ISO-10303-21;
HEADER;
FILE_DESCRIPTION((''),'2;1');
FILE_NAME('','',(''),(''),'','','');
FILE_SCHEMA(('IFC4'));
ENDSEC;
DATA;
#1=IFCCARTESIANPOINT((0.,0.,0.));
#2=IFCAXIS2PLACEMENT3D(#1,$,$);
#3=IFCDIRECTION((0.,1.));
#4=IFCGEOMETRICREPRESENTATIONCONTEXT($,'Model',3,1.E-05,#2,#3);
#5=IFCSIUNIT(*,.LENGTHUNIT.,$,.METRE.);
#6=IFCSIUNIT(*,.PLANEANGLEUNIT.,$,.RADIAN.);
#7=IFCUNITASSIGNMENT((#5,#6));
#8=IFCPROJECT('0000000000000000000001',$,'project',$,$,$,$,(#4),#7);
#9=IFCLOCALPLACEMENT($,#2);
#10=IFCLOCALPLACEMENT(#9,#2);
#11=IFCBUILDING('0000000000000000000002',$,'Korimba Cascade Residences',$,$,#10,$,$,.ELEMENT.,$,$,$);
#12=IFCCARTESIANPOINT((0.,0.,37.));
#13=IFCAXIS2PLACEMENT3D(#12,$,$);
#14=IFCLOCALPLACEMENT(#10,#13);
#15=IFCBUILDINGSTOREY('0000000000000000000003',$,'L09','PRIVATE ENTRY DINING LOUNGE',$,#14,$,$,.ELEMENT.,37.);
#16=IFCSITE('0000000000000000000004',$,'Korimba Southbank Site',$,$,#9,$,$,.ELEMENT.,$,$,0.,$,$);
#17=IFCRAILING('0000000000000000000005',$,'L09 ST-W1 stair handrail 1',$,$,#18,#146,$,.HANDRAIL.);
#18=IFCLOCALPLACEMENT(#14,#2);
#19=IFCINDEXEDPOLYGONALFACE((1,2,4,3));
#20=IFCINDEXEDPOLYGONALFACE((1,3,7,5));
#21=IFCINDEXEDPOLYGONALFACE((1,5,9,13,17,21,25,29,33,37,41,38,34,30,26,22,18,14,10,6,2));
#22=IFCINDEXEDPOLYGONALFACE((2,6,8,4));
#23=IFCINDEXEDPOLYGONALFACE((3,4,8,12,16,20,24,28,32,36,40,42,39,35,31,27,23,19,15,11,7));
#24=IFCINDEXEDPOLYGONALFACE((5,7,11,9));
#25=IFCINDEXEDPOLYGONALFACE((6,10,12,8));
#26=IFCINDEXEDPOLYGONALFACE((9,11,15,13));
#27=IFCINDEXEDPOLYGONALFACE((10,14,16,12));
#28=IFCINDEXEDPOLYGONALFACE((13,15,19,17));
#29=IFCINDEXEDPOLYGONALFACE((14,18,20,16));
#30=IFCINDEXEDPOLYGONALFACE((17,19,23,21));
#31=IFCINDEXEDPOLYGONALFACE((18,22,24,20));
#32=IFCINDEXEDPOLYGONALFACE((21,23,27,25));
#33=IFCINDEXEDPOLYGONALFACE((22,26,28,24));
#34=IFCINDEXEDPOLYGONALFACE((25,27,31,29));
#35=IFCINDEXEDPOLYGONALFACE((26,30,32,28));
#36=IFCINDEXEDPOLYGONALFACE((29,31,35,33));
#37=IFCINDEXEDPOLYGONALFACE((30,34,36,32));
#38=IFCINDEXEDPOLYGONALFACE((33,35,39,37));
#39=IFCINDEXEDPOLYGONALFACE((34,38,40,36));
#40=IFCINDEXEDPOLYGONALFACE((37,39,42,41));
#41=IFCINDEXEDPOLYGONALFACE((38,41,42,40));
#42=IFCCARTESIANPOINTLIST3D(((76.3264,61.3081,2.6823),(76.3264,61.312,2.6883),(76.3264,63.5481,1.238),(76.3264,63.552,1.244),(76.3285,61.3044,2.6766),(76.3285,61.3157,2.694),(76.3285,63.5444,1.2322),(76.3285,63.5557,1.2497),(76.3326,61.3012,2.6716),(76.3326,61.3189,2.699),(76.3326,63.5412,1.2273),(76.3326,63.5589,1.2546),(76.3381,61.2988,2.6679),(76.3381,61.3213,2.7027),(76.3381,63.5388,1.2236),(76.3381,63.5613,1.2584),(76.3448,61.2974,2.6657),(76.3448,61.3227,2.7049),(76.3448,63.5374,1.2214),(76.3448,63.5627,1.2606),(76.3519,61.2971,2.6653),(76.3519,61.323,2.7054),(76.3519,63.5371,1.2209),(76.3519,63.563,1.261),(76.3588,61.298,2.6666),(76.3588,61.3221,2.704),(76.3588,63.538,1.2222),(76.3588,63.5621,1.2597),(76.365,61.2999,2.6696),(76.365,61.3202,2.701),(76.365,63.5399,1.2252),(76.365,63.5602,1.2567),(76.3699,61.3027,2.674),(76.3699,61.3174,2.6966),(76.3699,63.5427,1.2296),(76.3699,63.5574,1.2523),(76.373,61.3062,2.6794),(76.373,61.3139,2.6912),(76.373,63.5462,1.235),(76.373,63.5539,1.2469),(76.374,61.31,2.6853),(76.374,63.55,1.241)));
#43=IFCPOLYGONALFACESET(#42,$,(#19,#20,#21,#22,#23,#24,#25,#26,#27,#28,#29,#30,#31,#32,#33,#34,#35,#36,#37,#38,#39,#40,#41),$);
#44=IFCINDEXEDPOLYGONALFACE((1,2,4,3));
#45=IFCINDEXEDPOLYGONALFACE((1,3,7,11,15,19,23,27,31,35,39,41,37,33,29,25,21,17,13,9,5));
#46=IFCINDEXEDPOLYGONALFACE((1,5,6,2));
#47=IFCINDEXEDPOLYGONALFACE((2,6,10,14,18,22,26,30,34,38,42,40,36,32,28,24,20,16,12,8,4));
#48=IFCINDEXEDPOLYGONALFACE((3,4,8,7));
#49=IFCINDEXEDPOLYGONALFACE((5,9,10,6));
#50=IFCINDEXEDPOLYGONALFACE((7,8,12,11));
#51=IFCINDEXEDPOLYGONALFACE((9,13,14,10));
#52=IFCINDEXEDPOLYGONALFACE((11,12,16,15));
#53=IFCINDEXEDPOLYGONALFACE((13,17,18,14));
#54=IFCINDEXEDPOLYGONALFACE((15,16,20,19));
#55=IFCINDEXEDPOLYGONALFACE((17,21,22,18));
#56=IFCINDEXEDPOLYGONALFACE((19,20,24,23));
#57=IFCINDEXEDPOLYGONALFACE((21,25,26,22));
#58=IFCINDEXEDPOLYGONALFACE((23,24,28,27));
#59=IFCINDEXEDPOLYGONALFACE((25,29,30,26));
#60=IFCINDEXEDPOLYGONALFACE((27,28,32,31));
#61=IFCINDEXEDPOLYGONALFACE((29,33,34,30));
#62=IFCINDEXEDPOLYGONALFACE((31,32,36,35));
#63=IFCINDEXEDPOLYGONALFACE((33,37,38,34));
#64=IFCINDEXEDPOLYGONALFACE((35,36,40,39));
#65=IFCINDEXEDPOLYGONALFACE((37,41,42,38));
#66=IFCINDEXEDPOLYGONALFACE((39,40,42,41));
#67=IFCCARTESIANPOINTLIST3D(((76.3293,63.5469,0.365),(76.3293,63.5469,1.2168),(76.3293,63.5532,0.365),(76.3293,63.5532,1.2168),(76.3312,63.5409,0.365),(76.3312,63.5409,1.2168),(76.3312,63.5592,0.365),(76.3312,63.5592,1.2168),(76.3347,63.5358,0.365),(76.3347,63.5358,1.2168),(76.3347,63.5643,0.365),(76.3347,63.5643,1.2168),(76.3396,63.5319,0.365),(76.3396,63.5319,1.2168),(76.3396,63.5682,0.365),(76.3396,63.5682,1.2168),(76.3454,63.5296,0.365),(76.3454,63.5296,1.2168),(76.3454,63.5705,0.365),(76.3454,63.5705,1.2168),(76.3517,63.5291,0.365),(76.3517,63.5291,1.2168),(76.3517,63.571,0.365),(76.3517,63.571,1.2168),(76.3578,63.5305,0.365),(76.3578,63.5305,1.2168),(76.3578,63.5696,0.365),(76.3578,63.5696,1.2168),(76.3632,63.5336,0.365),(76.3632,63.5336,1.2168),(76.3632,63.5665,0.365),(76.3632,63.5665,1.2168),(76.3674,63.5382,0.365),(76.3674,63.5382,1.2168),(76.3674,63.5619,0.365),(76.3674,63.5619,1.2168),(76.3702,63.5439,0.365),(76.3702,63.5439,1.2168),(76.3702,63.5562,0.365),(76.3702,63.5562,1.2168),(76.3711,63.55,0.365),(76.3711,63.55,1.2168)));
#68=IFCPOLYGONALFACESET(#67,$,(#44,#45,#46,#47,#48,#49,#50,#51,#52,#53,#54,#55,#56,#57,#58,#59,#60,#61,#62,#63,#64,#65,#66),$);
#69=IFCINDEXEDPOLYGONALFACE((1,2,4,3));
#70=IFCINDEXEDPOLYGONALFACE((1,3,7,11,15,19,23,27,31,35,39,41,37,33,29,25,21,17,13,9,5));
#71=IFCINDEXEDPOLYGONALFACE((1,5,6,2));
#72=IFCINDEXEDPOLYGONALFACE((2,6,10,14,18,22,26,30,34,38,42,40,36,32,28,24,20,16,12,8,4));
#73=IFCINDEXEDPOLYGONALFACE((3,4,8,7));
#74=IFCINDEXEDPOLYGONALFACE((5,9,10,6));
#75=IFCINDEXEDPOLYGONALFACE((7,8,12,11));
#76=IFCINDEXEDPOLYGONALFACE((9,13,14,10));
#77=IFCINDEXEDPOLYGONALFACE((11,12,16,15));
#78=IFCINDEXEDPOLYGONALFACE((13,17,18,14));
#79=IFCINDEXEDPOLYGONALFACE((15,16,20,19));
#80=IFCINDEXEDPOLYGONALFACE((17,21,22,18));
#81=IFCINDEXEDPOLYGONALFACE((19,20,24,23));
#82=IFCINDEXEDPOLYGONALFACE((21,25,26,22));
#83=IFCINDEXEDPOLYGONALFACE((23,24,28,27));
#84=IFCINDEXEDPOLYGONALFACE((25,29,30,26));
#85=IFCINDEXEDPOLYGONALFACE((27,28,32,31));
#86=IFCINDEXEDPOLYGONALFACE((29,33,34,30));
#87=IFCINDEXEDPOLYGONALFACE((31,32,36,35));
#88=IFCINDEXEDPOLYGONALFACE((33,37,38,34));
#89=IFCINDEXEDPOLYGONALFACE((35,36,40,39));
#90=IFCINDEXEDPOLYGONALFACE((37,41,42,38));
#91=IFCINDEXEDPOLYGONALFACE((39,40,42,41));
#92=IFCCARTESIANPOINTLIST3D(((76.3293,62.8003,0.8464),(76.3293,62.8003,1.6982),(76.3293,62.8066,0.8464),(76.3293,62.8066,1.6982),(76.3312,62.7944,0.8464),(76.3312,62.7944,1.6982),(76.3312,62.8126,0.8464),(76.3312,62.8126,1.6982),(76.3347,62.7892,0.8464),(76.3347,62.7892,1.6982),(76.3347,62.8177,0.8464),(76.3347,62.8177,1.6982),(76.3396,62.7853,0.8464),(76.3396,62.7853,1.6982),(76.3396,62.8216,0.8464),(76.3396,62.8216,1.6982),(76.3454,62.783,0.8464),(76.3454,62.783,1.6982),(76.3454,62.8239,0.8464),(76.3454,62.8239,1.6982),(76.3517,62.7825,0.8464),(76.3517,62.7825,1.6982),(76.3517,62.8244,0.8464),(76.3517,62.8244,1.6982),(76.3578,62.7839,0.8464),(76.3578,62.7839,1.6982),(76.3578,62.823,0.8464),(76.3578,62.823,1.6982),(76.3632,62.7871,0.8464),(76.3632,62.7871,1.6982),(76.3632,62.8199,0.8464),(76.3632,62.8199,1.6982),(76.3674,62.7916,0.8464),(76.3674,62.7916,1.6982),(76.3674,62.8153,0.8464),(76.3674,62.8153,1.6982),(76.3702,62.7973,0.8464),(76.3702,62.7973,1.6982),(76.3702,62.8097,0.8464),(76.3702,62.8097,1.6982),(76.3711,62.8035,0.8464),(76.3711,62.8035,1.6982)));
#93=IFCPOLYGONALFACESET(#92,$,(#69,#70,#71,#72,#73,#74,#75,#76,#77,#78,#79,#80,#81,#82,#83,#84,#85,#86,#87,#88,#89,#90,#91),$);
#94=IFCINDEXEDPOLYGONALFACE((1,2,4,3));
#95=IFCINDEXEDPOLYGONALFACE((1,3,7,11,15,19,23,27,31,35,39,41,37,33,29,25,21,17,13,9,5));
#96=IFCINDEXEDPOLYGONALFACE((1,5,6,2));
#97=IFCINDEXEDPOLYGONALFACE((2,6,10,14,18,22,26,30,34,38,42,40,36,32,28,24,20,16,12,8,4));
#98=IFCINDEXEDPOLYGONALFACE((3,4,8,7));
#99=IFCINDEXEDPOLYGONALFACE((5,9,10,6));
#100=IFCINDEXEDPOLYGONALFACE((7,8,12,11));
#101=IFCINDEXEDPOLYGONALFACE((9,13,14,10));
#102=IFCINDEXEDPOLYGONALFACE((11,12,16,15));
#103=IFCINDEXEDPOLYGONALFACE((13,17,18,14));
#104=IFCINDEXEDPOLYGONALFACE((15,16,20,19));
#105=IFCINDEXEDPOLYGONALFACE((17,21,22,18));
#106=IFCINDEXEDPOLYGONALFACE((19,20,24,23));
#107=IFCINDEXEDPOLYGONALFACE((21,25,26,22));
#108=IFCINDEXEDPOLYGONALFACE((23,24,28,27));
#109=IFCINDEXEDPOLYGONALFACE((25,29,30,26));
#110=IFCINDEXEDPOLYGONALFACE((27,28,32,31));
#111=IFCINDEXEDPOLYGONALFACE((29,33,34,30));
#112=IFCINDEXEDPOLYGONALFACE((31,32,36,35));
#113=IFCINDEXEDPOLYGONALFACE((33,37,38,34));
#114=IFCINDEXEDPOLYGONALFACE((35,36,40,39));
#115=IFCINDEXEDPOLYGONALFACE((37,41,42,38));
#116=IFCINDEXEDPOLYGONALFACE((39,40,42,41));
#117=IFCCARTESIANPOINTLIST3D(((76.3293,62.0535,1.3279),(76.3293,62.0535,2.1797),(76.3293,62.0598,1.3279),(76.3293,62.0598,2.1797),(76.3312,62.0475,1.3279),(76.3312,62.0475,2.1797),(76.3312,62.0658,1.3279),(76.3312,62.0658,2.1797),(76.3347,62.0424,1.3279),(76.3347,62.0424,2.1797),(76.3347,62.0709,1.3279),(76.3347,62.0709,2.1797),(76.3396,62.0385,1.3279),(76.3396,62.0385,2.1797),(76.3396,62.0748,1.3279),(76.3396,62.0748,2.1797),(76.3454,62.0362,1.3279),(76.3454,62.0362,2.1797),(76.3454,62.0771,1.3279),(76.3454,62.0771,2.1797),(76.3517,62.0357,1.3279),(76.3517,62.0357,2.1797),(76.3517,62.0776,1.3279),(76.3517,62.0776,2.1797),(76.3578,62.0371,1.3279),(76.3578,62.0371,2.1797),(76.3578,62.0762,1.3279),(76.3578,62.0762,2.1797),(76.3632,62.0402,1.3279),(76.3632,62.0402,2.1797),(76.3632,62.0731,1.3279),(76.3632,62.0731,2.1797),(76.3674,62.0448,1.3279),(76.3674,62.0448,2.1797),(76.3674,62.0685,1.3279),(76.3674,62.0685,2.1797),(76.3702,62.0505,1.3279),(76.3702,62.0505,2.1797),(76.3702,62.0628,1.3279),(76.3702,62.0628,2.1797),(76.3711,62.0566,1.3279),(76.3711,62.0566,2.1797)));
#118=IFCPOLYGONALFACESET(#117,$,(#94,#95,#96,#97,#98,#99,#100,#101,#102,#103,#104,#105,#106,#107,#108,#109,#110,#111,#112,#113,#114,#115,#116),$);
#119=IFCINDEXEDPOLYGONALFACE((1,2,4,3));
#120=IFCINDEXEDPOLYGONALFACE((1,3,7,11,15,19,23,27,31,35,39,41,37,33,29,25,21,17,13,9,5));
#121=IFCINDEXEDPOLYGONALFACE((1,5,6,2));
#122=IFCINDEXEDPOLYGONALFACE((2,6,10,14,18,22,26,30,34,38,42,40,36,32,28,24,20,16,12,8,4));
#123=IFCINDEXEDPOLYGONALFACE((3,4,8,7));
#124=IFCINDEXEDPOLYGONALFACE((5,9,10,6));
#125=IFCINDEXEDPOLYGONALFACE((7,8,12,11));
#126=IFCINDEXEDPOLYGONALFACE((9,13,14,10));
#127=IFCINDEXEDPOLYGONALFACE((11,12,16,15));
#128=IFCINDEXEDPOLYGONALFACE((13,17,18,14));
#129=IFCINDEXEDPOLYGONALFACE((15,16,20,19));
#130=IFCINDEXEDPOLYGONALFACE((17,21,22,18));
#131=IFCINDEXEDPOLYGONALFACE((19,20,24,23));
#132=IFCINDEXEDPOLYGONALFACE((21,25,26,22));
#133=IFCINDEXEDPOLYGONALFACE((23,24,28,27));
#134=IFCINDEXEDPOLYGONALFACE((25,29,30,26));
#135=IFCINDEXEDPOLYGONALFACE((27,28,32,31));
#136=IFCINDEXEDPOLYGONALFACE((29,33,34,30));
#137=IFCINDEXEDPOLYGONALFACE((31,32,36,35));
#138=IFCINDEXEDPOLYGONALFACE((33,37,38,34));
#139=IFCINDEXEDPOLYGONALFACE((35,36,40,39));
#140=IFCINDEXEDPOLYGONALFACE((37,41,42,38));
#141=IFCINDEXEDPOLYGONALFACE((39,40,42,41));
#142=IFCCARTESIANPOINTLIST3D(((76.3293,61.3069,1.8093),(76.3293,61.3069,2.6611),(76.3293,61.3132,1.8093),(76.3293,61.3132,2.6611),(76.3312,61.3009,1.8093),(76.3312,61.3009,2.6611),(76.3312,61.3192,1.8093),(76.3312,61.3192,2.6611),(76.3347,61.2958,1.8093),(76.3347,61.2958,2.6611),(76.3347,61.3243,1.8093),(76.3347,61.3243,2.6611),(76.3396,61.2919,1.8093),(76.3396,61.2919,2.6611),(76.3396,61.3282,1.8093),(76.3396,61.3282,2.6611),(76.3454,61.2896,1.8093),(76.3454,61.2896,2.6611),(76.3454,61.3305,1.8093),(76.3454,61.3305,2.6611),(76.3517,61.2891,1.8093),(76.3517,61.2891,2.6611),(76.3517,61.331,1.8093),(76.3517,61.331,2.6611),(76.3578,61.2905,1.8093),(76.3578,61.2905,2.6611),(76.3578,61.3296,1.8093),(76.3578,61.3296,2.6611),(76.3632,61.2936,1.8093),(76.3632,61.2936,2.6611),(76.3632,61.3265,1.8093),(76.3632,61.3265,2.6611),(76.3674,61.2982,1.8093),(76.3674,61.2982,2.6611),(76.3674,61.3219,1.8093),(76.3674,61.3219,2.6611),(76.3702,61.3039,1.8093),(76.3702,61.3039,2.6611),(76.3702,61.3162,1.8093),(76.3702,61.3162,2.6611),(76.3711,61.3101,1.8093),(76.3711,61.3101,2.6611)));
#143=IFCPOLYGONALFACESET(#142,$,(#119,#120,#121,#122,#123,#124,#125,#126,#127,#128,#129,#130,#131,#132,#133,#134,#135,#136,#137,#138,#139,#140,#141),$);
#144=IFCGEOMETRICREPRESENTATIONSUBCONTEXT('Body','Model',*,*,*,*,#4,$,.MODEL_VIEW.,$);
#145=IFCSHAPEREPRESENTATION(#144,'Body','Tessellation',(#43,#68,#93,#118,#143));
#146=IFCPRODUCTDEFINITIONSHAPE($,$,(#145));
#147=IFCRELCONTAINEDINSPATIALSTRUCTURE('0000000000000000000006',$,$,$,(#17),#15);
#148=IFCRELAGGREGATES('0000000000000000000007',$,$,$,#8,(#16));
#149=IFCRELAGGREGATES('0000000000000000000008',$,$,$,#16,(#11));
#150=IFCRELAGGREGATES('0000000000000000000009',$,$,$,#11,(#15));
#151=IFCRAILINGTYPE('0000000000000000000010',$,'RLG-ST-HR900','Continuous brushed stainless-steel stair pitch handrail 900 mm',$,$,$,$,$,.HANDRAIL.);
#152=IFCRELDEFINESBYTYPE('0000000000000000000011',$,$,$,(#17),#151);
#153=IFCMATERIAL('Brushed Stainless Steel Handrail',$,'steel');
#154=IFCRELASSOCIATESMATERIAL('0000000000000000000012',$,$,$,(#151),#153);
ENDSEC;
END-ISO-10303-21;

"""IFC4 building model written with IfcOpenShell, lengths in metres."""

from ifc_helpers import new_model, si_unit, direction, frame, origin, origin_2d, place, context, subcontext, project, spatial, circle, extrude, material, type_object, element, save


model = new_model("IFC4")

# Units and contexts
model_context = context("Model", 3, precision=1e-05, world=origin(), true_north=direction((0.0, 1.0)))
body_context = subcontext(model_context, "Body", "Model", "MODEL_VIEW")
ifc_project = project(units=[si_unit("LENGTHUNIT", "METRE"), si_unit("PLANEANGLEUNIT", "RADIAN")], contexts=[model_context])

# Site, building, storey
site_placement = place(None, origin())
site = spatial("IfcSite", under=ifc_project, at=site_placement, Name="Korimba Southbank Site", CompositionType="ELEMENT", RefElevation=0.0)
building_placement = place(site_placement, origin())
building = spatial("IfcBuilding", under=site, at=building_placement, Name="Korimba Cascade Residences", CompositionType="ELEMENT")
storey_placement = place(building_placement, frame((0.0, 0.0, 37.0)))
storey = spatial("IfcBuildingStorey", under=building, at=storey_placement, Name="L09", Description="PRIVATE ENTRY DINING LOUNGE", CompositionType="ELEMENT", Elevation=37.0)

# Railing
ifc_material_1 = material(Name="Brushed Stainless Steel Handrail", Category="steel")
railing_type_1 = type_object("IfcRailingType", Name="RLG-ST-HR900", Description="Continuous brushed stainless-steel stair pitch handrail 900 mm", PredefinedType="HANDRAIL", material=ifc_material_1)
railing_1_placement = place(storey_placement, frame((76.3501, 63.55, 0.365)))
element("IfcRailing", 1, at=railing_1_placement, inside=storey, type_object=railing_type_1, Name="L09 ST-W1 stair handrail 1", PredefinedType="HANDRAIL", context=body_context, shape_type="SweptSolid", body=[
    extrude(circle(Radius=0.0239, at=origin_2d()), frame((0.0, 0.0, 0.876), z_axis=(0.0, -0.840437, 0.54191), x_axis=(1.0, 0.0, 0.0)), (0.0, 0.0, 1.0), 2.6653),
    extrude(circle(Radius=0.021, at=origin_2d()), origin(), (0.0, 0.0, 1.0), 0.8518),
    extrude(circle(Radius=0.021, at=origin_2d()), frame((0.0, -0.7466, 0.4814)), (0.0, 0.0, 1.0), 0.8518),
    extrude(circle(Radius=0.021, at=origin_2d()), frame((0.0, -1.4934, 0.9629)), (0.0, 0.0, 1.0), 0.8518),
    extrude(circle(Radius=0.021, at=origin_2d()), frame((0.0, -2.24, 1.4443)), (0.0, 0.0, 1.0), 0.8518),
])

save(model, "model.ifc")
